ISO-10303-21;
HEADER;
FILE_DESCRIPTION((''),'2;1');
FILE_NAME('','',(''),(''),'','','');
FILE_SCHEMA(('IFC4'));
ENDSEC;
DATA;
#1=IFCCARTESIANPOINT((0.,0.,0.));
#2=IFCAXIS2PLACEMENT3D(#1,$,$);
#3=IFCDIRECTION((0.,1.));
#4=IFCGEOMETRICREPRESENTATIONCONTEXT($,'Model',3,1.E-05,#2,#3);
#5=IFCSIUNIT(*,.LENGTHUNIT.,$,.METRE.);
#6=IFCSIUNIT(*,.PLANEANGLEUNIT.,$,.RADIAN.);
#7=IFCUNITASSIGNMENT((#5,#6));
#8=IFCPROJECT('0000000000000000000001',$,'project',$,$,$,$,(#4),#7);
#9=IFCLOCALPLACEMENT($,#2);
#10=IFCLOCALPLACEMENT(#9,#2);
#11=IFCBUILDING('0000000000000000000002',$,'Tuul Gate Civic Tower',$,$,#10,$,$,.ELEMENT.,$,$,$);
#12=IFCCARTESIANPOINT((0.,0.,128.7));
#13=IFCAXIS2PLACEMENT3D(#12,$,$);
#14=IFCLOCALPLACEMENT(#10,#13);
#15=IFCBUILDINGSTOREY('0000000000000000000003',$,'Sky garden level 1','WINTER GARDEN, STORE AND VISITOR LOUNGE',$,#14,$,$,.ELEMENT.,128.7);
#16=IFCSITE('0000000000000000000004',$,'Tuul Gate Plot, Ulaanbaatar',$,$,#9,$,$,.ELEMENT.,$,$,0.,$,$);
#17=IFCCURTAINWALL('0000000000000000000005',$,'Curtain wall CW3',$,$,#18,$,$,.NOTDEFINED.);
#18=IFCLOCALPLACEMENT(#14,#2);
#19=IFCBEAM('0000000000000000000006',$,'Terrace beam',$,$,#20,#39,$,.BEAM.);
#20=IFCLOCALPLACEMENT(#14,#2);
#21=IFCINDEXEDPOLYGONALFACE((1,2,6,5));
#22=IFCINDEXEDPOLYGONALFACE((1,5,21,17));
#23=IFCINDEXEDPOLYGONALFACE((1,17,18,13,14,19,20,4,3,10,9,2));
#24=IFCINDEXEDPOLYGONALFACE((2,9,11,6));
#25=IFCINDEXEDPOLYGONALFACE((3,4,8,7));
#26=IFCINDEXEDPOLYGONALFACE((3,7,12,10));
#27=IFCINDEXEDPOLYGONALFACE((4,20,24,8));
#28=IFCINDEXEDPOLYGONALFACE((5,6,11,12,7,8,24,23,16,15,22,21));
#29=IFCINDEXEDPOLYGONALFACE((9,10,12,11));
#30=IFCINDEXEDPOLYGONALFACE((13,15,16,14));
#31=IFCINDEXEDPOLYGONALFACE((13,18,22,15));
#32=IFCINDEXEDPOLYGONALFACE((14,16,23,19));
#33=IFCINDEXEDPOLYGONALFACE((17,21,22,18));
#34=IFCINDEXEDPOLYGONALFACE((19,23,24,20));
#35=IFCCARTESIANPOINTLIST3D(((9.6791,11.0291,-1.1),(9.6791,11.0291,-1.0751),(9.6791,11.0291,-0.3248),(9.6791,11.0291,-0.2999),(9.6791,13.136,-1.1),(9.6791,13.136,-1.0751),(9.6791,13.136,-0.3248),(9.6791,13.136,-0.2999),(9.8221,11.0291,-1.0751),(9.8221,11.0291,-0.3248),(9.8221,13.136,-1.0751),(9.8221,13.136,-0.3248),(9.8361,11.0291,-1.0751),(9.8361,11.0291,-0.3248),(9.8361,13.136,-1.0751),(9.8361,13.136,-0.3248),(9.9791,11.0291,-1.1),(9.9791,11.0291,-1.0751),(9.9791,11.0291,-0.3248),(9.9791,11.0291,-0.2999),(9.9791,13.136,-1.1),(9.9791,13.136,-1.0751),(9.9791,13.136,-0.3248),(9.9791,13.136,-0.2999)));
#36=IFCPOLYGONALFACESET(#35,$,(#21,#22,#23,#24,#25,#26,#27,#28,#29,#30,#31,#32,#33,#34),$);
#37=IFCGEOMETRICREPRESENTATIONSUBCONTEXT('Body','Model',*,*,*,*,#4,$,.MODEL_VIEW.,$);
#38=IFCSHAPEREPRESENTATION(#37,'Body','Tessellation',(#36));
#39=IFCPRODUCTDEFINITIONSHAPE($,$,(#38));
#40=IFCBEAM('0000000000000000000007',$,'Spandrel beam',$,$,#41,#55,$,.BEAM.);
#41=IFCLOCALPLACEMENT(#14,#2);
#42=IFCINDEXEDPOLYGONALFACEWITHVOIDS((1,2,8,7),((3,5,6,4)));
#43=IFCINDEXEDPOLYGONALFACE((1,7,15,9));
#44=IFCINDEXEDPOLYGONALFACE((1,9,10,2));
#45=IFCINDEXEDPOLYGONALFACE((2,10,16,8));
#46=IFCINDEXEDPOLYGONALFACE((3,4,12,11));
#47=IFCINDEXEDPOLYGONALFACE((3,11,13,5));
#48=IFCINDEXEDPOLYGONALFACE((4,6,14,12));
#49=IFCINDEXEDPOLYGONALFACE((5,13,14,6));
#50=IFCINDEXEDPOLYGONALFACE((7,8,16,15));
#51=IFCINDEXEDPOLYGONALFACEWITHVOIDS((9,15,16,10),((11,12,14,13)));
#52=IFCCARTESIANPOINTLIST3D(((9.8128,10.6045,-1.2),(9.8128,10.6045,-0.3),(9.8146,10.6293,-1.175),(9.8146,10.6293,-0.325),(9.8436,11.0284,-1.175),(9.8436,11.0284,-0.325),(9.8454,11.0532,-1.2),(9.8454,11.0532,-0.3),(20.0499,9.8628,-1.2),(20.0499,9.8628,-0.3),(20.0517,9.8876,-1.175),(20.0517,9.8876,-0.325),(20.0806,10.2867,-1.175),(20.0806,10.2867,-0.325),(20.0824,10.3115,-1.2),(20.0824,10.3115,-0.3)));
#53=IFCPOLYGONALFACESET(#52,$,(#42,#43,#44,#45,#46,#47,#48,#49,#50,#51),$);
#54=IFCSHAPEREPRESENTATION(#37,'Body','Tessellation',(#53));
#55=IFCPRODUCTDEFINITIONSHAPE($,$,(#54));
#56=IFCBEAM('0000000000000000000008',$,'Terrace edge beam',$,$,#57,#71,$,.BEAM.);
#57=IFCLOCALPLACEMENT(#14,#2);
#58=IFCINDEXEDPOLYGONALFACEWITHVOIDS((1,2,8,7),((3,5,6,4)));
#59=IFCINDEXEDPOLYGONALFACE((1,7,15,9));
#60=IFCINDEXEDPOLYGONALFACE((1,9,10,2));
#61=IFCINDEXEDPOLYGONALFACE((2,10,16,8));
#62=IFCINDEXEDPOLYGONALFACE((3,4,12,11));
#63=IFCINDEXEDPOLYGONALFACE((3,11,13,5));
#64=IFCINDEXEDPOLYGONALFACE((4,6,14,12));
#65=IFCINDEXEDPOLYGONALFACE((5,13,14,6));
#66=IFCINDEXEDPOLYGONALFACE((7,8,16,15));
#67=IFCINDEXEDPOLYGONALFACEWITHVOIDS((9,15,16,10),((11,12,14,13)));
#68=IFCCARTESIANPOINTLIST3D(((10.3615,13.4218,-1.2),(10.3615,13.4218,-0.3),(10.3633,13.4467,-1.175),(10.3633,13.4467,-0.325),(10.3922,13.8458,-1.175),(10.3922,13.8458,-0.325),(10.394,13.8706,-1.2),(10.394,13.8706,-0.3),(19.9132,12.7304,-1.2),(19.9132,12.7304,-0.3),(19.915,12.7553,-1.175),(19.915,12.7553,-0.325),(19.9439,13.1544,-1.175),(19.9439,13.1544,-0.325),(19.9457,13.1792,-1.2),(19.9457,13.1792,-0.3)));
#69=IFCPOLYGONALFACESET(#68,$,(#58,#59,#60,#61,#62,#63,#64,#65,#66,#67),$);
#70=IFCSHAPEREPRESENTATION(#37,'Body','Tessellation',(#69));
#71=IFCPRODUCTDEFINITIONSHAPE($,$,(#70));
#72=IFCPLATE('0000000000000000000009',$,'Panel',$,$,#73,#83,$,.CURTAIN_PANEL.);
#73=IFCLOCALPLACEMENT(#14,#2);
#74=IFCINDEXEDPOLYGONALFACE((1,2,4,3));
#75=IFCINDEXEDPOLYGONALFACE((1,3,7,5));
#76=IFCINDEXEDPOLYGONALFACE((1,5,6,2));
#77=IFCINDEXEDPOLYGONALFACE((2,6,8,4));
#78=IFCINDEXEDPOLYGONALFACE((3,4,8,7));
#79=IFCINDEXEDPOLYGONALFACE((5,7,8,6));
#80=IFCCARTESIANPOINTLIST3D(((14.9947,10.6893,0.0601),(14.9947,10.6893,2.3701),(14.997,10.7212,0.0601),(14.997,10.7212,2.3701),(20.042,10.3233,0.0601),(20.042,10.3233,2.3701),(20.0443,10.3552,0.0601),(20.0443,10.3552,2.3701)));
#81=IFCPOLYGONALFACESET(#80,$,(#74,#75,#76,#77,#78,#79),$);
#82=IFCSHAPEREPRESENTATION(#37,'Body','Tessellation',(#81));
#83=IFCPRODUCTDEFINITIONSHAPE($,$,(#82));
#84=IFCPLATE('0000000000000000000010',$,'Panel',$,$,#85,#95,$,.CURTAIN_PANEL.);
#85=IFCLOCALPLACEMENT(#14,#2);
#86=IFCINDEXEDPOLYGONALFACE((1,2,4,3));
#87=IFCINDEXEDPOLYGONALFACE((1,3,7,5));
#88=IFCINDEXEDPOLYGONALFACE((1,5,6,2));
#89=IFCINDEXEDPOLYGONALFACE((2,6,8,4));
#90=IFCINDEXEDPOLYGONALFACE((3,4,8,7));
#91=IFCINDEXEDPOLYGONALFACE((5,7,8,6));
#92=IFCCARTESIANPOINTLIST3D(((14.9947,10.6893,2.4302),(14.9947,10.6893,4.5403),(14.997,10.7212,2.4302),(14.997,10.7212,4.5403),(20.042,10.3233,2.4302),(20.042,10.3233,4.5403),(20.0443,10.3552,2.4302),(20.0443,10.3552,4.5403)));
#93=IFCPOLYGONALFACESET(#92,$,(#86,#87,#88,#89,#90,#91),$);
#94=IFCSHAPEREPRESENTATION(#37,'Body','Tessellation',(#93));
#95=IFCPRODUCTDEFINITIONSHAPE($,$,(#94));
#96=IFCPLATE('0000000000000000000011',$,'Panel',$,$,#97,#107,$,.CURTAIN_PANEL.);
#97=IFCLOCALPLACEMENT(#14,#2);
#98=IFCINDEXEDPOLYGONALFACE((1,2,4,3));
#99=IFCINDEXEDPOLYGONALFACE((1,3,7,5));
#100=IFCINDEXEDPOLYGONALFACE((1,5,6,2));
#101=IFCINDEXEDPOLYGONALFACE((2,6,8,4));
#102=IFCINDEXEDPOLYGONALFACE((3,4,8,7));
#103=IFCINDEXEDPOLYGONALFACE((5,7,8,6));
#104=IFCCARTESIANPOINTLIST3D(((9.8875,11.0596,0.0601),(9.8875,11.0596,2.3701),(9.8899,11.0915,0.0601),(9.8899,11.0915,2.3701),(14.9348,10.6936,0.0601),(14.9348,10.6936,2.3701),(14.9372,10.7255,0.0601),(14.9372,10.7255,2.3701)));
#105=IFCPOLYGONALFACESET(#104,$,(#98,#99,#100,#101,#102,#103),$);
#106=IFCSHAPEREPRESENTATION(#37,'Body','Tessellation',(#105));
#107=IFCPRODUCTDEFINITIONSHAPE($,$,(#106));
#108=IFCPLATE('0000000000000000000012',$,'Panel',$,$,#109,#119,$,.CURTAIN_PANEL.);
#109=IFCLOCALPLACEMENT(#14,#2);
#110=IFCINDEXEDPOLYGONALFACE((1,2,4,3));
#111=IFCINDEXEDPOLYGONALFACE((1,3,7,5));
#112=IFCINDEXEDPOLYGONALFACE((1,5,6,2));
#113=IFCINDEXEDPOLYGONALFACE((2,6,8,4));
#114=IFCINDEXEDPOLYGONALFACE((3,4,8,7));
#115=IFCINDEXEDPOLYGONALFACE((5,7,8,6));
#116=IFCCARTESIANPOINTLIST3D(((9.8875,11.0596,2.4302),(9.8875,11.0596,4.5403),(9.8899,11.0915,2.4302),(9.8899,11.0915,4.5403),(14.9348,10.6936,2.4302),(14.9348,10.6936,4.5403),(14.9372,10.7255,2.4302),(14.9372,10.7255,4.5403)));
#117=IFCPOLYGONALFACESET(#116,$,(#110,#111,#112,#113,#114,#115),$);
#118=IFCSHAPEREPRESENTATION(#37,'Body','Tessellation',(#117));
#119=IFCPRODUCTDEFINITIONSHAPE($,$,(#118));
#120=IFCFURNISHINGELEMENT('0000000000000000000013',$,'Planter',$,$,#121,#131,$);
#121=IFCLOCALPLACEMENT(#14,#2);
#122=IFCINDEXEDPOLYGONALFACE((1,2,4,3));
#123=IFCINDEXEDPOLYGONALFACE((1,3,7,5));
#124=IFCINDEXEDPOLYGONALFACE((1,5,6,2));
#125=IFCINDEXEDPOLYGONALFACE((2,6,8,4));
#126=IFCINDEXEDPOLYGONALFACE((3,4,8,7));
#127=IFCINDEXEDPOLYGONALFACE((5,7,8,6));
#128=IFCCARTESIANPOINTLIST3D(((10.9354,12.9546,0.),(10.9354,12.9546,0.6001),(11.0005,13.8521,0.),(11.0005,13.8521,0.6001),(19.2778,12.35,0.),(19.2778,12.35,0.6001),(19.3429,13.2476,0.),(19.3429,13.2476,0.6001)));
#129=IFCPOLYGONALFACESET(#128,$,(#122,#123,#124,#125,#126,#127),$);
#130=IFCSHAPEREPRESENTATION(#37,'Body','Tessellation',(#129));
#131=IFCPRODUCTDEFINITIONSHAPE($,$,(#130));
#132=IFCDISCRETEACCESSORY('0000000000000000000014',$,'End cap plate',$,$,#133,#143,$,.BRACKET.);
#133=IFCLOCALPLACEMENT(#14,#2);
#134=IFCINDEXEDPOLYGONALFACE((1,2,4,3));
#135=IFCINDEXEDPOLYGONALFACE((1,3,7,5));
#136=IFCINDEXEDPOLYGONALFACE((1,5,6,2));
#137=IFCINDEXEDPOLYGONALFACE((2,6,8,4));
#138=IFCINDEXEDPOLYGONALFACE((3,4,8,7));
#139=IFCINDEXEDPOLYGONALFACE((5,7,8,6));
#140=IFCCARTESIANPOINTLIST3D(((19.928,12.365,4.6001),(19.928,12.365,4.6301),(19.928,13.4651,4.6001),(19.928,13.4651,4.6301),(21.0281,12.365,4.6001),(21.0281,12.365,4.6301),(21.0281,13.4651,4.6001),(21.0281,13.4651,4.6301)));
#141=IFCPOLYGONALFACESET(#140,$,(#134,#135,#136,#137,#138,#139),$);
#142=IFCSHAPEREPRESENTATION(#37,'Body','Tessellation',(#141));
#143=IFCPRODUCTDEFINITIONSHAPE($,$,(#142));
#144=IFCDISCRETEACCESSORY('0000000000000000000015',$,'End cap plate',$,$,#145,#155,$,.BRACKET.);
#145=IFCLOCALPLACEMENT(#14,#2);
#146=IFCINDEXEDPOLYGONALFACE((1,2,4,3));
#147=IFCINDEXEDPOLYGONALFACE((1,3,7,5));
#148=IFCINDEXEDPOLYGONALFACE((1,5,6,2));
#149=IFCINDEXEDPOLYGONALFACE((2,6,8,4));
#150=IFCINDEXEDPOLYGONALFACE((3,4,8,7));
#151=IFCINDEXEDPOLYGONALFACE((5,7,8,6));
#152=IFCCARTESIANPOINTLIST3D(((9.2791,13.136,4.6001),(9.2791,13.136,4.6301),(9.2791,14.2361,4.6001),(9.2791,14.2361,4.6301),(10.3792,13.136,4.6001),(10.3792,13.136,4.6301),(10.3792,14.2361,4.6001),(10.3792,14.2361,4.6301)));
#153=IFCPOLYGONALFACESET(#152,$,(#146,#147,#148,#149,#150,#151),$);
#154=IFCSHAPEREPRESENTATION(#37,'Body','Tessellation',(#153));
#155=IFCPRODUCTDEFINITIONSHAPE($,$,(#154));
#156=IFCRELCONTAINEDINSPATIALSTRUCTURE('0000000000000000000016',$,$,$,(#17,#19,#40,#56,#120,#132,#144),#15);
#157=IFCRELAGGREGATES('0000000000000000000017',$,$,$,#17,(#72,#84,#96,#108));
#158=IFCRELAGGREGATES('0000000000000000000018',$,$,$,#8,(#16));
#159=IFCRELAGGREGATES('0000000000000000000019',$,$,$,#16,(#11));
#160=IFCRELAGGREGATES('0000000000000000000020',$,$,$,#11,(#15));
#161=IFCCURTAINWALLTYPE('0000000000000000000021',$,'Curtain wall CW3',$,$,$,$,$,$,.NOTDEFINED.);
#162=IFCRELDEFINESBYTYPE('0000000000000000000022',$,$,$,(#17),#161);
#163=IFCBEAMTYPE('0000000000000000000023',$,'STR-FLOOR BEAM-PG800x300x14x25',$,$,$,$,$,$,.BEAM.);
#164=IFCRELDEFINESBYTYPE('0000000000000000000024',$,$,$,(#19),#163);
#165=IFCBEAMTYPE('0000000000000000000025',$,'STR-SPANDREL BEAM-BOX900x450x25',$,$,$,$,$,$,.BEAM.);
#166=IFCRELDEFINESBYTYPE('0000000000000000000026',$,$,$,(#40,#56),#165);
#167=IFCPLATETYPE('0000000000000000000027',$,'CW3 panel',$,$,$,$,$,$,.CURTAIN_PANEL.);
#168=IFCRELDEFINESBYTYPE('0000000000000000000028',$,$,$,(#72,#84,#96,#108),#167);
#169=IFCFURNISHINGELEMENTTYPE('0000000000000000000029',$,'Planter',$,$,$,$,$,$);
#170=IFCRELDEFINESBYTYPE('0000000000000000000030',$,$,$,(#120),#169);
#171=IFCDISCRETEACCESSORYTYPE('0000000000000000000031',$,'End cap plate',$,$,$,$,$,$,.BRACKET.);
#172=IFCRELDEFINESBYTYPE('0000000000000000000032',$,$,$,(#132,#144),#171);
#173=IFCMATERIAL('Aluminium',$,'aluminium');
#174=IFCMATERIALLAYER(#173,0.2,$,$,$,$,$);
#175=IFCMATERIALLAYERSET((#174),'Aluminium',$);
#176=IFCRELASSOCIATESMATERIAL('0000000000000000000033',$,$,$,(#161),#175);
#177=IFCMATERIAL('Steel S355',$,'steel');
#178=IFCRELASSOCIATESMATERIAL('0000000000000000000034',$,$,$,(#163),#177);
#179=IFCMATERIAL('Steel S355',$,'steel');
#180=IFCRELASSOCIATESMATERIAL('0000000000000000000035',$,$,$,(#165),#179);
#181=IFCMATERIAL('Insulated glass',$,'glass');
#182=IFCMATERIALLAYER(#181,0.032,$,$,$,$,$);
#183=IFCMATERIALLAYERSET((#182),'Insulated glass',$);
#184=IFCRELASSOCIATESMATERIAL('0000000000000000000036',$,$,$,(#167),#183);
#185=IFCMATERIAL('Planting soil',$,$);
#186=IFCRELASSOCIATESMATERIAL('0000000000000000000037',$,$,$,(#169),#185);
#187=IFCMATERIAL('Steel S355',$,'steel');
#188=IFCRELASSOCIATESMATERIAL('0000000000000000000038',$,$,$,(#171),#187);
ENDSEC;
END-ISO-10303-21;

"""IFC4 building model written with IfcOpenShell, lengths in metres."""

from ifc_helpers import new_model, si_unit, direction, frame, origin, origin_2d, place, context, subcontext, project, spatial, rectangle, hollow_rectangle, i_section, extrude, material, layer, layer_set, material_profile, profile_set, type_object, element, aggregate, save


model = new_model("IFC4")

# Units and contexts
model_context = context("Model", 3, precision=1e-05, world=origin(), true_north=direction((0.0, 1.0)))
body_context = subcontext(model_context, "Body", "Model", "MODEL_VIEW")
ifc_project = project(units=[si_unit("LENGTHUNIT", "METRE"), si_unit("PLANEANGLEUNIT", "RADIAN")], contexts=[model_context])

# Site, building, storey
site_placement = place(None, origin())
site = spatial("IfcSite", under=ifc_project, at=site_placement, Name="Tuul Gate Plot, Ulaanbaatar", CompositionType="ELEMENT", RefElevation=0.0)
building_placement = place(site_placement, origin())
building = spatial("IfcBuilding", under=site, at=building_placement, Name="Tuul Gate Civic Tower", CompositionType="ELEMENT")
storey_placement = place(building_placement, frame((0.0, 0.0, 128.7)))
storey = spatial("IfcBuildingStorey", under=building, at=storey_placement, Name="Sky garden level 1", Description="WINTER GARDEN, STORE AND VISITOR LOUNGE", CompositionType="ELEMENT", Elevation=128.7)

# Curtain wall
ifc_material_1 = material(Name="Aluminium", Category="aluminium")
ifc_layer_1 = layer(ifc_material_1, 0.2)
ifc_layer_set_1 = layer_set([ifc_layer_1], Name="Aluminium")
curtain_wall_type = type_object("IfcCurtainWallType", Name="Curtain wall CW3", PredefinedType="NOTDEFINED", material=ifc_layer_set_1)
curtain_wall_1_placement = place(storey_placement, origin())
curtain_wall_1 = element("IfcCurtainWall", 1, at=curtain_wall_1_placement, inside=storey, type_object=curtain_wall_type, Name="Curtain wall CW3", PredefinedType="NOTDEFINED")

# Beams
ifc_material_2 = material(Name="Steel S355", Category="steel")
ifc_material_profile_1 = material_profile(ifc_material_2, i_section(OverallWidth=0.3, OverallDepth=0.8, WebThickness=0.0139, FlangeThickness=0.0249, at=origin_2d()), Name="PG800x300x14x25")
ifc_profile_set_1 = profile_set([ifc_material_profile_1], Name="Steel S355")
beam_type_1 = type_object("IfcBeamType", Name="STR-FLOOR BEAM-PG800x300x14x25", PredefinedType="BEAM", material=ifc_profile_set_1)
beam_1_placement = place(storey_placement, frame((9.8291, 13.136, -0.7), z_axis=(0.0, -1.0, 0.0), x_axis=(1.0, 0.0, 0.0)))
element("IfcBeam", 2, at=beam_1_placement, inside=storey, type_object=beam_type_1, Name="Terrace beam", PredefinedType="BEAM", context=body_context, shape_type="SweptSolid", body=[
    extrude(i_section(OverallWidth=0.3, OverallDepth=0.8, WebThickness=0.0139, FlangeThickness=0.0249, at=origin_2d()), origin(), (0.0, 0.0, 1.0), 2.1069),
])
ifc_material_3 = material(Name="Steel S355", Category="steel")
ifc_material_profile_2 = material_profile(ifc_material_3, hollow_rectangle(XDim=0.45, YDim=0.8999, WallThickness=0.0249, at=origin_2d()), Name="BOX900x450x25")
ifc_profile_set_2 = profile_set([ifc_material_profile_2], Name="Steel S355")
beam_type_2 = type_object("IfcBeamType", Name="STR-SPANDREL BEAM-BOX900x450x25", PredefinedType="BEAM", material=ifc_profile_set_2)
beam_2_placement = place(storey_placement, frame((9.8291, 10.8289, -0.75), z_axis=(0.997386, -0.072263, 0.0), x_axis=(0.072263, 0.997386, 0.0)))
element("IfcBeam", 3, at=beam_2_placement, inside=storey, type_object=beam_type_2, Name="Spandrel beam", PredefinedType="BEAM", context=body_context, shape_type="SweptSolid", body=[
    extrude(hollow_rectangle(XDim=0.45, YDim=0.8999, WallThickness=0.0249, at=origin_2d()), origin(), (0.0, 0.0, 1.0), 10.2639),
])
beam_3_placement = place(storey_placement, frame((19.9294, 12.9548, -0.75), z_axis=(-0.99739, 0.072196, 0.0), x_axis=(-0.072196, -0.99739, 0.0)))
element("IfcBeam", 4, at=beam_3_placement, inside=storey, type_object=beam_type_2, Name="Terrace edge beam", PredefinedType="BEAM", context=body_context, shape_type="SweptSolid", body=[
    extrude(hollow_rectangle(XDim=0.45, YDim=0.8999, WallThickness=0.0249, at=origin_2d()), origin(), (0.0, 0.0, 1.0), 9.5767),
])

# Plates
ifc_material_4 = material(Name="Insulated glass", Category="glass")
ifc_layer_2 = layer(ifc_material_4, 0.032)
ifc_layer_set_2 = layer_set([ifc_layer_2], Name="Insulated glass")
plate_type = type_object("IfcPlateType", Name="CW3 panel", PredefinedType="CURTAIN_PANEL", material=ifc_layer_set_2)
plate_1_placement = place(storey_placement, frame((17.5195, 10.5222, 0.0601), z_axis=(0.0, 0.0, 1.0), x_axis=(-0.997381, 0.072323, 0.0)))
plate_1 = element("IfcPlate", 5, at=plate_1_placement, type_object=plate_type, Name="Panel", PredefinedType="CURTAIN_PANEL", context=body_context, shape_type="SweptSolid", body=[
    extrude(rectangle(XDim=5.0605, YDim=0.032, at=origin_2d()), origin(), (0.0, 0.0, 1.0), 2.3101),
])
plate_2_placement = place(storey_placement, frame((17.5195, 10.5222, 2.4302), z_axis=(0.0, 0.0, 1.0), x_axis=(-0.997381, 0.072323, 0.0)))
plate_2 = element("IfcPlate", 6, at=plate_2_placement, type_object=plate_type, Name="Panel", PredefinedType="CURTAIN_PANEL", context=body_context, shape_type="SweptSolid", body=[
    extrude(rectangle(XDim=5.0605, YDim=0.032, at=origin_2d()), origin(), (0.0, 0.0, 1.0), 2.1101),
])
plate_3_placement = place(storey_placement, frame((12.4124, 10.8926, 0.0601), z_axis=(0.0, 0.0, 1.0), x_axis=(-0.997381, 0.072323, 0.0)))
plate_3 = element("IfcPlate", 7, at=plate_3_placement, type_object=plate_type, Name="Panel", PredefinedType="CURTAIN_PANEL", context=body_context, shape_type="SweptSolid", body=[
    extrude(rectangle(XDim=5.0605, YDim=0.032, at=origin_2d()), origin(), (0.0, 0.0, 1.0), 2.3101),
])
plate_4_placement = place(storey_placement, frame((12.4124, 10.8926, 2.4302), z_axis=(0.0, 0.0, 1.0), x_axis=(-0.997381, 0.072323, 0.0)))
plate_4 = element("IfcPlate", 8, at=plate_4_placement, type_object=plate_type, Name="Panel", PredefinedType="CURTAIN_PANEL", context=body_context, shape_type="SweptSolid", body=[
    extrude(rectangle(XDim=5.0605, YDim=0.032, at=origin_2d()), origin(), (0.0, 0.0, 1.0), 2.1101),
])
aggregate(curtain_wall_1, [plate_1, plate_2, plate_3, plate_4])

# Furnishing element
ifc_material_5 = material(Name="Planting soil")
furnishing_element_type = type_object("IfcFurnishingElementType", Name="Planter", material=ifc_material_5)
furnishing_placement = place(storey_placement, frame((15.1392, 13.1011, 0.0), z_axis=(0.0, 0.0, 1.0), x_axis=(-0.997385, 0.072277, 0.0)))
element("IfcFurnishingElement", 9, at=furnishing_placement, inside=storey, type_object=furnishing_element_type, Name="Planter", context=body_context, shape_type="SweptSolid", body=[
    extrude(rectangle(XDim=8.3643, YDim=0.8999, at=origin_2d()), origin(), (0.0, 0.0, 1.0), 0.6001),
])

# Discrete accessories
ifc_material_6 = material(Name="Steel S355", Category="steel")
discrete_accessory_type = type_object("IfcDiscreteAccessoryType", Name="End cap plate", PredefinedType="BRACKET", material=ifc_material_6)
for number, where, z_axis, x_axis, name in (
    (10, (20.478, 12.915, 4.6001), (0.0, 0.0, 1.0), (1.0, 0.0, 0.0), "End cap plate"),
    (11, (9.8291, 13.686, 4.6001), (0.0, 0.0, 1.0), (1.0, 0.0, 0.0), "End cap plate"),
):
    element("IfcDiscreteAccessory", number, at=place(storey_placement, frame(where, z_axis=z_axis, x_axis=x_axis)), inside=storey, type_object=discrete_accessory_type, Name=name, PredefinedType="BRACKET", context=body_context, shape_type="SweptSolid", body=[
        extrude(rectangle(XDim=1.1001, YDim=1.1001, at=origin_2d()), origin(), (0.0, 0.0, 1.0), 0.03),
    ])

save(model, "model.ifc")
